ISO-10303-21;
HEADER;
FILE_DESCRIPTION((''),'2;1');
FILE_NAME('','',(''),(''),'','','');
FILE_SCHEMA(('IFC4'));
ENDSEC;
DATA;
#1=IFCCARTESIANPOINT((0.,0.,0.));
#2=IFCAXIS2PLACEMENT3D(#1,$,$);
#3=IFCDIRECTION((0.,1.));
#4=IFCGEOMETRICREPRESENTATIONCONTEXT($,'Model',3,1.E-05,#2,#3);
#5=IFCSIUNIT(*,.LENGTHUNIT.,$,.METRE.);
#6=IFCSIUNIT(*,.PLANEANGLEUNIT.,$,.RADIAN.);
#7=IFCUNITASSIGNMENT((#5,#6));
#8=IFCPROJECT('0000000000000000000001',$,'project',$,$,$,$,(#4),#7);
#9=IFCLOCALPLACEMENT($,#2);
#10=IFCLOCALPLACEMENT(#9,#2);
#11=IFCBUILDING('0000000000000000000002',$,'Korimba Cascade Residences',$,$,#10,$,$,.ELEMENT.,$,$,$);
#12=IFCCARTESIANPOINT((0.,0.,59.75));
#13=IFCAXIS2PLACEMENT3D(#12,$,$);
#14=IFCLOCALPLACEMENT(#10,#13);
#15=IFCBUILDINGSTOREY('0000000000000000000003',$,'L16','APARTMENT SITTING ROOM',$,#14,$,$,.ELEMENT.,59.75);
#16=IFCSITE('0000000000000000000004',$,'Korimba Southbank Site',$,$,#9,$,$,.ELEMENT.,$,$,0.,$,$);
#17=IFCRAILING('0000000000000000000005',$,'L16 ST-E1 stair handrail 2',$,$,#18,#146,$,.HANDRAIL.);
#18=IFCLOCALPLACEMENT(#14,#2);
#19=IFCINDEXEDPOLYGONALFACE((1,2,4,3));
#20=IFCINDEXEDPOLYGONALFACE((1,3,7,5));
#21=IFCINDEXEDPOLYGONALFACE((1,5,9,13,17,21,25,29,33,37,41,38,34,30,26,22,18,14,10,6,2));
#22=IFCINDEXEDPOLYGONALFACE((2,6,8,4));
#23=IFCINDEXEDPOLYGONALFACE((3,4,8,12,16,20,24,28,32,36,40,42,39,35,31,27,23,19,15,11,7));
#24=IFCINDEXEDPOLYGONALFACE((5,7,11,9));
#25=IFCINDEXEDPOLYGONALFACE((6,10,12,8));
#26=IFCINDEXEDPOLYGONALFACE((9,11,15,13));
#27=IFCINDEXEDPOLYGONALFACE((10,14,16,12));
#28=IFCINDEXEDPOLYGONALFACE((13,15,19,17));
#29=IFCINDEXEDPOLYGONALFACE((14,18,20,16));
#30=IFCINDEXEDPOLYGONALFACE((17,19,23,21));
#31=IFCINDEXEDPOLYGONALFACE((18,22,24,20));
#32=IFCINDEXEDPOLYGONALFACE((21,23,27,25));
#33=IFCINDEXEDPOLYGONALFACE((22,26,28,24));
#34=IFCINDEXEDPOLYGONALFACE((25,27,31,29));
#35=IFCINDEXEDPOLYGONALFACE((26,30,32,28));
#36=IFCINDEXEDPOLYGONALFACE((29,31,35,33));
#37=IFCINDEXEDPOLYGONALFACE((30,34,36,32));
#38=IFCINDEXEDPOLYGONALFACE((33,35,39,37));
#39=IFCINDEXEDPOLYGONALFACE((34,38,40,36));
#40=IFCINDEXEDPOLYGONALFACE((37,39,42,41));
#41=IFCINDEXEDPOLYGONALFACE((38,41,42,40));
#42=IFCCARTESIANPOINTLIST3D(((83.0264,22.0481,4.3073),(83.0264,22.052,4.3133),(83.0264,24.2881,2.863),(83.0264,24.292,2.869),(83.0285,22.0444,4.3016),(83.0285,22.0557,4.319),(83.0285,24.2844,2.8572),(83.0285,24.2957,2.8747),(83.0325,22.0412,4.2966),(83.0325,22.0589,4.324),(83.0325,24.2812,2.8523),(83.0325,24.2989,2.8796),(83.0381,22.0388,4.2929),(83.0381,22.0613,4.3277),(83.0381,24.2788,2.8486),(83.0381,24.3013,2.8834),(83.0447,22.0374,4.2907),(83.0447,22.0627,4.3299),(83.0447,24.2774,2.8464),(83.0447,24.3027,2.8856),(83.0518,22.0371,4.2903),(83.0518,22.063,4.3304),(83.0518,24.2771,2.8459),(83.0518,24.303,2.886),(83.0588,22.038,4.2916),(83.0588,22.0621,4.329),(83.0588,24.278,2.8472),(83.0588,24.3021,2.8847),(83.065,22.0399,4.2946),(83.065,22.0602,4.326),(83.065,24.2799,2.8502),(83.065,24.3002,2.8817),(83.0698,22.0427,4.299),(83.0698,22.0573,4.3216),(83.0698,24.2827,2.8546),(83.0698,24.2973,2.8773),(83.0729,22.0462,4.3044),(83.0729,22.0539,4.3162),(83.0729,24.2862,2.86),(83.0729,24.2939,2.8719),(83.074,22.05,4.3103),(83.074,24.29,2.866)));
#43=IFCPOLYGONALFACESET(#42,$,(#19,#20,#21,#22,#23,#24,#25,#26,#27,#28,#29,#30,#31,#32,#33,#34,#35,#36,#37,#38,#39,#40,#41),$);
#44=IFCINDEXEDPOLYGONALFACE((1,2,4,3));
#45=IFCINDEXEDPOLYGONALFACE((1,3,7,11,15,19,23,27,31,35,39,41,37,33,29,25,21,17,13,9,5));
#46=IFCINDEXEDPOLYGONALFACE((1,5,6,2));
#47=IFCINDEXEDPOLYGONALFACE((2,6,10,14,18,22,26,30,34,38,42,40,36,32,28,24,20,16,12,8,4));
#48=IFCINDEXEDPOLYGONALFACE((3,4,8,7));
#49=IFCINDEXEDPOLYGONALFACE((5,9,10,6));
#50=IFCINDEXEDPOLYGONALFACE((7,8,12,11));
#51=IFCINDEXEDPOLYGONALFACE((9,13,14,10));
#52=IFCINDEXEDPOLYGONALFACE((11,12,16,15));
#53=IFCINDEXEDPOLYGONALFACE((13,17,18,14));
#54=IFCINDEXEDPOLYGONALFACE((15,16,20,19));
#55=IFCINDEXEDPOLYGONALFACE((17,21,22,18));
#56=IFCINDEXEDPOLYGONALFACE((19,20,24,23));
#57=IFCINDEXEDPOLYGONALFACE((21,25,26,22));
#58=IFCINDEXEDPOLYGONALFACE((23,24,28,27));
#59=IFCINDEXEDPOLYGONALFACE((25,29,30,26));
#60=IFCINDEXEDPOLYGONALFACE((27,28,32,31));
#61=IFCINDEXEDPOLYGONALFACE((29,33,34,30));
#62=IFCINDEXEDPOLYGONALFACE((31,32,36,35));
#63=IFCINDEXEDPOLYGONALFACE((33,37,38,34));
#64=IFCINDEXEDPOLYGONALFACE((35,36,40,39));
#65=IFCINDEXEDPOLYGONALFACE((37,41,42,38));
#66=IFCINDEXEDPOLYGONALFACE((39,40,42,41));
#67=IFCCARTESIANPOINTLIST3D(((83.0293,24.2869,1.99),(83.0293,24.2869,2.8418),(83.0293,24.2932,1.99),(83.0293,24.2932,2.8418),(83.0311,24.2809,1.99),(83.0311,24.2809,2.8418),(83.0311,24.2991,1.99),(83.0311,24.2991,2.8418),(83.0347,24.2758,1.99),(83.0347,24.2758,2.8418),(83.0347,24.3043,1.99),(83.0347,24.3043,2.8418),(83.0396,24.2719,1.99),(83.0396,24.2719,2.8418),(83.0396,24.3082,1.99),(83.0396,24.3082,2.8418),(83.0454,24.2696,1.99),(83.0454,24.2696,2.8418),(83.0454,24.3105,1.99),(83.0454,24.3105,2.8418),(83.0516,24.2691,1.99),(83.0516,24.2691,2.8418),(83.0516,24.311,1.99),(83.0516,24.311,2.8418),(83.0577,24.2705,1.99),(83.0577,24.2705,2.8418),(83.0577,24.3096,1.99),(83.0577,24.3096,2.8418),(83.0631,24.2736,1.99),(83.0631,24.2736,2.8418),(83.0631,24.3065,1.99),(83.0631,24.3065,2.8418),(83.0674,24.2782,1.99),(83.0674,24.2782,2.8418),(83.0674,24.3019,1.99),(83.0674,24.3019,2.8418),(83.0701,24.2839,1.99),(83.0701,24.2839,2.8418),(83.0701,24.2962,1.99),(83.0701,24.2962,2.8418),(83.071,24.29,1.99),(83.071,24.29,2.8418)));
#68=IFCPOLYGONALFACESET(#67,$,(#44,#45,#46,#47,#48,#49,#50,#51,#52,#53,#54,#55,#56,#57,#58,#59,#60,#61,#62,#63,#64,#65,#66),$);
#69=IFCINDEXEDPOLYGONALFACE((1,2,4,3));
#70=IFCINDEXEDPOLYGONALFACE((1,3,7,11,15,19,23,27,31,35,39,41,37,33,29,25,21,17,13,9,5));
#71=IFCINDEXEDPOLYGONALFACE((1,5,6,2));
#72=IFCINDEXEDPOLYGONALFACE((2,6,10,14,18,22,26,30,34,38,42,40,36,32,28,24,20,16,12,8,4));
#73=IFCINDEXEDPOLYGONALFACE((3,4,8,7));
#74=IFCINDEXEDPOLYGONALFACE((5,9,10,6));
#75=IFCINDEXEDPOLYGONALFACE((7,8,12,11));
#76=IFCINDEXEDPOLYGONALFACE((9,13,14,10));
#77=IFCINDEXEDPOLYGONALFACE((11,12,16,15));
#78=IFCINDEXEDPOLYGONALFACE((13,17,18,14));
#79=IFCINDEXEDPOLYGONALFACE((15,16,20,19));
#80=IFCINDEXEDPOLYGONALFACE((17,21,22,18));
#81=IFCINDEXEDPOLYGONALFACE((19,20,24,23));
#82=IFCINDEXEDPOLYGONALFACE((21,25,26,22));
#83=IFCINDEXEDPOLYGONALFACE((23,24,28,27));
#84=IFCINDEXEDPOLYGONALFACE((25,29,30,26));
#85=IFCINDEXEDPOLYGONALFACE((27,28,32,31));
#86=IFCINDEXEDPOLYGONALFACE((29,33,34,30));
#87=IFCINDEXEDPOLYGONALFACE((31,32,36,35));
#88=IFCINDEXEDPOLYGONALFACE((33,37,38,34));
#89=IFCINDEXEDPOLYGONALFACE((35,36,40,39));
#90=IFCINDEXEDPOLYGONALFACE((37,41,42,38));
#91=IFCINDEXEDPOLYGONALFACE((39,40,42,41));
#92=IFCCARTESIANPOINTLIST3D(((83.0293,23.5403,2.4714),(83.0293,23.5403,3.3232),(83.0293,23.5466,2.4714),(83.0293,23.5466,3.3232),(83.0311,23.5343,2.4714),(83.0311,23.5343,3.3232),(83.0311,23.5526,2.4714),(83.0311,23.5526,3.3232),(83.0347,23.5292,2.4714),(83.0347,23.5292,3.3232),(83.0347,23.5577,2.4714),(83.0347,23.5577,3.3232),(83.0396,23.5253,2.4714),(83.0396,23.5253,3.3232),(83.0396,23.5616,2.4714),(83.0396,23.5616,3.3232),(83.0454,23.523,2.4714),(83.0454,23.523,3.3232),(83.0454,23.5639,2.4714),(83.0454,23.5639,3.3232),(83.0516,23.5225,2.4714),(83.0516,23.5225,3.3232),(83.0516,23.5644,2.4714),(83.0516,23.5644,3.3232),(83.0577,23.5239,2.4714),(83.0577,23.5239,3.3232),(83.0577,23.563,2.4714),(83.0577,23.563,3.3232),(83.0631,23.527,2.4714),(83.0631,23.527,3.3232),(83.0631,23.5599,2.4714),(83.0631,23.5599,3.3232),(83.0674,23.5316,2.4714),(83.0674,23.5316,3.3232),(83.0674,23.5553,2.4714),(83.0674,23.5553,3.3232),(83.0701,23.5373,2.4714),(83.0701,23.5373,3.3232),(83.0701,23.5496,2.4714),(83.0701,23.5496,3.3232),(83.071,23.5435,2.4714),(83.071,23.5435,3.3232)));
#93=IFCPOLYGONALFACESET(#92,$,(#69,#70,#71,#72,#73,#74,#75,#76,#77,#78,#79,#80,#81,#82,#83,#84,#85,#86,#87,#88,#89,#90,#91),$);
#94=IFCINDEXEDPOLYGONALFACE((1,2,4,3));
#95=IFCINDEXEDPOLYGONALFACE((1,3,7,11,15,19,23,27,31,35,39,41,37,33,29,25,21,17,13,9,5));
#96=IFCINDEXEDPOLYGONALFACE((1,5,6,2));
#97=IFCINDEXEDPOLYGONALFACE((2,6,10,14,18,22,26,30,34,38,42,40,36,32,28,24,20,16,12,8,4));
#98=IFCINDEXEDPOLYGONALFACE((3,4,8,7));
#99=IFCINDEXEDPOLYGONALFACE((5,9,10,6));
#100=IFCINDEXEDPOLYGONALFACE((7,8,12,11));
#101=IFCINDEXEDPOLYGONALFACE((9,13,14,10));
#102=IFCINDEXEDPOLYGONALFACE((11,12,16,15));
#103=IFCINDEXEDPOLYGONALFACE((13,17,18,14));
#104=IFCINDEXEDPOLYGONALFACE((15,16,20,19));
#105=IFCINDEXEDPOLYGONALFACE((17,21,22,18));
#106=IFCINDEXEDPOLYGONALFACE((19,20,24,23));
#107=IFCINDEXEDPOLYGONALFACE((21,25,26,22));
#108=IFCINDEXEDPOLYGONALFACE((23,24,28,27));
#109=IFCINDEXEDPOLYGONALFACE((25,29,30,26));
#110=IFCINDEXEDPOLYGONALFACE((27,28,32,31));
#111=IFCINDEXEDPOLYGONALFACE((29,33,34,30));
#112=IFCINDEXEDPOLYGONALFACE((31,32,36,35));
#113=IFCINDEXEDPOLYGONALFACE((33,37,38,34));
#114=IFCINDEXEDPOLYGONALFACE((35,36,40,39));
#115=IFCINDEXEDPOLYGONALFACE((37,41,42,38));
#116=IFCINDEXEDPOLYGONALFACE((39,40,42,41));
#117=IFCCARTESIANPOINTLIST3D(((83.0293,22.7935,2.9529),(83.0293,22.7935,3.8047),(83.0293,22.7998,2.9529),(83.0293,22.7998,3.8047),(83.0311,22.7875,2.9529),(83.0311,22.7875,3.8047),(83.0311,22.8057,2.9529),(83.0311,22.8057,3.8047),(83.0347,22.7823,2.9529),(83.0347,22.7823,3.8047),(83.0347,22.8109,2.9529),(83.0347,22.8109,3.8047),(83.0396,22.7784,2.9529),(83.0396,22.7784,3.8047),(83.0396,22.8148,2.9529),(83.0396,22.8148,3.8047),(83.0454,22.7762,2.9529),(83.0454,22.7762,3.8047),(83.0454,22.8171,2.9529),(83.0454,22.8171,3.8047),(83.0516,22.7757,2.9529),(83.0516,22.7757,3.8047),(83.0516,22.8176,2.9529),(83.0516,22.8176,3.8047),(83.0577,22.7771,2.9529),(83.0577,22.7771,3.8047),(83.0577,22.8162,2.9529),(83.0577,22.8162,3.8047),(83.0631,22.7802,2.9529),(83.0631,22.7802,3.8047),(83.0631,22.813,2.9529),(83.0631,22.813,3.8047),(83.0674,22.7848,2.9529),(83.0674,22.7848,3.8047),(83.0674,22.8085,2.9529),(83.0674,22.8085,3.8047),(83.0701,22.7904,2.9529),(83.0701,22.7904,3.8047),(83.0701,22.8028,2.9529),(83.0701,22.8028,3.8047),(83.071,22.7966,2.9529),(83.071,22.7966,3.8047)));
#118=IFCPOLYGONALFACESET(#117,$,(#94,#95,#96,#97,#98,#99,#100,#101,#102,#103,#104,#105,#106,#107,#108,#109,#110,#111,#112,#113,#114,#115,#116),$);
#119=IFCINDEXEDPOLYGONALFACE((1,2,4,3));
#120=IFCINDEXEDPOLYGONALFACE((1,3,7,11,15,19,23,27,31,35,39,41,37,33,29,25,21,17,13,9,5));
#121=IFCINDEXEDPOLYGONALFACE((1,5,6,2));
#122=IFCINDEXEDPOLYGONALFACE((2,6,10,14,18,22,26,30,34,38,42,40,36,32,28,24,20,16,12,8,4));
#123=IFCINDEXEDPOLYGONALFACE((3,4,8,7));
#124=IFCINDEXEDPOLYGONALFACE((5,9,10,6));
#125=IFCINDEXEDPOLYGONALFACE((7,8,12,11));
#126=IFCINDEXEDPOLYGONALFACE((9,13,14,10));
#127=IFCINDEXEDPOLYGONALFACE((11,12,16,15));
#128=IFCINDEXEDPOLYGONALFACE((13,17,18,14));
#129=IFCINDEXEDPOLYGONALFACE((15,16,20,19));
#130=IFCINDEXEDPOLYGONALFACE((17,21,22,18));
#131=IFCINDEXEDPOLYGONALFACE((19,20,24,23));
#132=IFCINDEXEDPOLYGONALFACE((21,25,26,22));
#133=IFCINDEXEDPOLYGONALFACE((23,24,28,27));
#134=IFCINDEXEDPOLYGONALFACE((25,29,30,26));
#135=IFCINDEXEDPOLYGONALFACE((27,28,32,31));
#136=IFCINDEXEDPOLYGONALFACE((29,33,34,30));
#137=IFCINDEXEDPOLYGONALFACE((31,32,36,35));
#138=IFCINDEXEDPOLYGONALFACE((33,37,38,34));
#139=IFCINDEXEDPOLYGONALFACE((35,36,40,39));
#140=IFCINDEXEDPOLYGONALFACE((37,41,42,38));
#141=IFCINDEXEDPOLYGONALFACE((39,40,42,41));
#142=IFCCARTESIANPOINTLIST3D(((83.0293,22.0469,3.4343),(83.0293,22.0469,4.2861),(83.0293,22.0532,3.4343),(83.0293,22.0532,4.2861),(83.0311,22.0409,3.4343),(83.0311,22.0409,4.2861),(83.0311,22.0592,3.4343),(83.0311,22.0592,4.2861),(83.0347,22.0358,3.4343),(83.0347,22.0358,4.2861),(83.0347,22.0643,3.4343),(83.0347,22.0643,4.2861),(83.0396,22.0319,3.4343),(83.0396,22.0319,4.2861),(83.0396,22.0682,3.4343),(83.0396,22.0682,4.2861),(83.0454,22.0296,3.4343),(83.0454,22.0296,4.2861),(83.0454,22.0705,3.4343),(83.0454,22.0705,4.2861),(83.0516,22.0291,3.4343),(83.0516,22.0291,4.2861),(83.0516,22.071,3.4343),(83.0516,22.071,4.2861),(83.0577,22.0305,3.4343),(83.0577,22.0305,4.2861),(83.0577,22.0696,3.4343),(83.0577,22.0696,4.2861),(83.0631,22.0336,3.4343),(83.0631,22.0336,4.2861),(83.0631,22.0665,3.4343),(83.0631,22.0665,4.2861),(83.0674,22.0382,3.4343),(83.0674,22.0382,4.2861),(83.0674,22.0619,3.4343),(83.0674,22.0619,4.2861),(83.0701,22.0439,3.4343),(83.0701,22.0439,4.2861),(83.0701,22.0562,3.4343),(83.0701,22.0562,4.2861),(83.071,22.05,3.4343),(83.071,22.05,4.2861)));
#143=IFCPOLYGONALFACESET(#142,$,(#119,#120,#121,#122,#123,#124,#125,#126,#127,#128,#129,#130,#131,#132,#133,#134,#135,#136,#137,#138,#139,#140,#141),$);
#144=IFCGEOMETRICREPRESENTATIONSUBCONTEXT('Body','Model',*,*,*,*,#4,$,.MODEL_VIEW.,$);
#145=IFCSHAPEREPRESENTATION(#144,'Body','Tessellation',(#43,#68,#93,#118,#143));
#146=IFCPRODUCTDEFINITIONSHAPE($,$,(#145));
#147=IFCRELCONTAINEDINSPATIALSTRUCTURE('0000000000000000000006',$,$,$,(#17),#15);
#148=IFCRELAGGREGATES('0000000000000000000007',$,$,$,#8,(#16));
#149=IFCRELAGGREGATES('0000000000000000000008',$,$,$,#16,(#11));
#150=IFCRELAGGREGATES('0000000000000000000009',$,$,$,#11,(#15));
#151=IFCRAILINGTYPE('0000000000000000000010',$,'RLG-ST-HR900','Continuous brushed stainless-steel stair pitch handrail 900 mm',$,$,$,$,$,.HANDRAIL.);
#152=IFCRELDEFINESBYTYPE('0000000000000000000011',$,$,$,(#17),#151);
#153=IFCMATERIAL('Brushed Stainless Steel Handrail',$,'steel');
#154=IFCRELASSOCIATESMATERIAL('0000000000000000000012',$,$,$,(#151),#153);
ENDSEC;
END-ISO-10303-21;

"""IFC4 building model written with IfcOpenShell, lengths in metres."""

from ifc_helpers import new_model, si_unit, direction, frame, origin, origin_2d, place, context, subcontext, project, spatial, circle, extrude, material, type_object, element, save


model = new_model("IFC4")

# Units and contexts
model_context = context("Model", 3, precision=1e-05, world=origin(), true_north=direction((0.0, 1.0)))
body_context = subcontext(model_context, "Body", "Model", "MODEL_VIEW")
ifc_project = project(units=[si_unit("LENGTHUNIT", "METRE"), si_unit("PLANEANGLEUNIT", "RADIAN")], contexts=[model_context])

# Site, building, storey
site_placement = place(None, origin())
site = spatial("IfcSite", under=ifc_project, at=site_placement, Name="Korimba Southbank Site", CompositionType="ELEMENT", RefElevation=0.0)
building_placement = place(site_placement, origin())
building = spatial("IfcBuilding", under=site, at=building_placement, Name="Korimba Cascade Residences", CompositionType="ELEMENT")
storey_placement = place(building_placement, frame((0.0, 0.0, 59.75)))
storey = spatial("IfcBuildingStorey", under=building, at=storey_placement, Name="L16", Description="APARTMENT SITTING ROOM", CompositionType="ELEMENT", Elevation=59.75)

# Railing
ifc_material_1 = material(Name="Brushed Stainless Steel Handrail", Category="steel")
railing_type_1 = type_object("IfcRailingType", Name="RLG-ST-HR900", Description="Continuous brushed stainless-steel stair pitch handrail 900 mm", PredefinedType="HANDRAIL", material=ifc_material_1)
railing_1_placement = place(storey_placement, frame((83.05, 24.29, 1.99)))
element("IfcRailing", 1, at=railing_1_placement, inside=storey, type_object=railing_type_1, Name="L16 ST-E1 stair handrail 2", PredefinedType="HANDRAIL", context=body_context, shape_type="SweptSolid", body=[
    extrude(circle(Radius=0.0239, at=origin_2d()), frame((0.0, 0.0, 0.876), z_axis=(0.0, -0.840437, 0.54191), x_axis=(1.0, 0.0, 0.0)), (0.0, 0.0, 1.0), 2.6653),
    extrude(circle(Radius=0.021, at=origin_2d()), origin(), (0.0, 0.0, 1.0), 0.8518),
    extrude(circle(Radius=0.021, at=origin_2d()), frame((0.0, -0.7466, 0.4814)), (0.0, 0.0, 1.0), 0.8518),
    extrude(circle(Radius=0.021, at=origin_2d()), frame((0.0, -1.4934, 0.9629)), (0.0, 0.0, 1.0), 0.8518),
    extrude(circle(Radius=0.021, at=origin_2d()), frame((0.0, -2.24, 1.4443)), (0.0, 0.0, 1.0), 0.8518),
])

save(model, "model.ifc")
